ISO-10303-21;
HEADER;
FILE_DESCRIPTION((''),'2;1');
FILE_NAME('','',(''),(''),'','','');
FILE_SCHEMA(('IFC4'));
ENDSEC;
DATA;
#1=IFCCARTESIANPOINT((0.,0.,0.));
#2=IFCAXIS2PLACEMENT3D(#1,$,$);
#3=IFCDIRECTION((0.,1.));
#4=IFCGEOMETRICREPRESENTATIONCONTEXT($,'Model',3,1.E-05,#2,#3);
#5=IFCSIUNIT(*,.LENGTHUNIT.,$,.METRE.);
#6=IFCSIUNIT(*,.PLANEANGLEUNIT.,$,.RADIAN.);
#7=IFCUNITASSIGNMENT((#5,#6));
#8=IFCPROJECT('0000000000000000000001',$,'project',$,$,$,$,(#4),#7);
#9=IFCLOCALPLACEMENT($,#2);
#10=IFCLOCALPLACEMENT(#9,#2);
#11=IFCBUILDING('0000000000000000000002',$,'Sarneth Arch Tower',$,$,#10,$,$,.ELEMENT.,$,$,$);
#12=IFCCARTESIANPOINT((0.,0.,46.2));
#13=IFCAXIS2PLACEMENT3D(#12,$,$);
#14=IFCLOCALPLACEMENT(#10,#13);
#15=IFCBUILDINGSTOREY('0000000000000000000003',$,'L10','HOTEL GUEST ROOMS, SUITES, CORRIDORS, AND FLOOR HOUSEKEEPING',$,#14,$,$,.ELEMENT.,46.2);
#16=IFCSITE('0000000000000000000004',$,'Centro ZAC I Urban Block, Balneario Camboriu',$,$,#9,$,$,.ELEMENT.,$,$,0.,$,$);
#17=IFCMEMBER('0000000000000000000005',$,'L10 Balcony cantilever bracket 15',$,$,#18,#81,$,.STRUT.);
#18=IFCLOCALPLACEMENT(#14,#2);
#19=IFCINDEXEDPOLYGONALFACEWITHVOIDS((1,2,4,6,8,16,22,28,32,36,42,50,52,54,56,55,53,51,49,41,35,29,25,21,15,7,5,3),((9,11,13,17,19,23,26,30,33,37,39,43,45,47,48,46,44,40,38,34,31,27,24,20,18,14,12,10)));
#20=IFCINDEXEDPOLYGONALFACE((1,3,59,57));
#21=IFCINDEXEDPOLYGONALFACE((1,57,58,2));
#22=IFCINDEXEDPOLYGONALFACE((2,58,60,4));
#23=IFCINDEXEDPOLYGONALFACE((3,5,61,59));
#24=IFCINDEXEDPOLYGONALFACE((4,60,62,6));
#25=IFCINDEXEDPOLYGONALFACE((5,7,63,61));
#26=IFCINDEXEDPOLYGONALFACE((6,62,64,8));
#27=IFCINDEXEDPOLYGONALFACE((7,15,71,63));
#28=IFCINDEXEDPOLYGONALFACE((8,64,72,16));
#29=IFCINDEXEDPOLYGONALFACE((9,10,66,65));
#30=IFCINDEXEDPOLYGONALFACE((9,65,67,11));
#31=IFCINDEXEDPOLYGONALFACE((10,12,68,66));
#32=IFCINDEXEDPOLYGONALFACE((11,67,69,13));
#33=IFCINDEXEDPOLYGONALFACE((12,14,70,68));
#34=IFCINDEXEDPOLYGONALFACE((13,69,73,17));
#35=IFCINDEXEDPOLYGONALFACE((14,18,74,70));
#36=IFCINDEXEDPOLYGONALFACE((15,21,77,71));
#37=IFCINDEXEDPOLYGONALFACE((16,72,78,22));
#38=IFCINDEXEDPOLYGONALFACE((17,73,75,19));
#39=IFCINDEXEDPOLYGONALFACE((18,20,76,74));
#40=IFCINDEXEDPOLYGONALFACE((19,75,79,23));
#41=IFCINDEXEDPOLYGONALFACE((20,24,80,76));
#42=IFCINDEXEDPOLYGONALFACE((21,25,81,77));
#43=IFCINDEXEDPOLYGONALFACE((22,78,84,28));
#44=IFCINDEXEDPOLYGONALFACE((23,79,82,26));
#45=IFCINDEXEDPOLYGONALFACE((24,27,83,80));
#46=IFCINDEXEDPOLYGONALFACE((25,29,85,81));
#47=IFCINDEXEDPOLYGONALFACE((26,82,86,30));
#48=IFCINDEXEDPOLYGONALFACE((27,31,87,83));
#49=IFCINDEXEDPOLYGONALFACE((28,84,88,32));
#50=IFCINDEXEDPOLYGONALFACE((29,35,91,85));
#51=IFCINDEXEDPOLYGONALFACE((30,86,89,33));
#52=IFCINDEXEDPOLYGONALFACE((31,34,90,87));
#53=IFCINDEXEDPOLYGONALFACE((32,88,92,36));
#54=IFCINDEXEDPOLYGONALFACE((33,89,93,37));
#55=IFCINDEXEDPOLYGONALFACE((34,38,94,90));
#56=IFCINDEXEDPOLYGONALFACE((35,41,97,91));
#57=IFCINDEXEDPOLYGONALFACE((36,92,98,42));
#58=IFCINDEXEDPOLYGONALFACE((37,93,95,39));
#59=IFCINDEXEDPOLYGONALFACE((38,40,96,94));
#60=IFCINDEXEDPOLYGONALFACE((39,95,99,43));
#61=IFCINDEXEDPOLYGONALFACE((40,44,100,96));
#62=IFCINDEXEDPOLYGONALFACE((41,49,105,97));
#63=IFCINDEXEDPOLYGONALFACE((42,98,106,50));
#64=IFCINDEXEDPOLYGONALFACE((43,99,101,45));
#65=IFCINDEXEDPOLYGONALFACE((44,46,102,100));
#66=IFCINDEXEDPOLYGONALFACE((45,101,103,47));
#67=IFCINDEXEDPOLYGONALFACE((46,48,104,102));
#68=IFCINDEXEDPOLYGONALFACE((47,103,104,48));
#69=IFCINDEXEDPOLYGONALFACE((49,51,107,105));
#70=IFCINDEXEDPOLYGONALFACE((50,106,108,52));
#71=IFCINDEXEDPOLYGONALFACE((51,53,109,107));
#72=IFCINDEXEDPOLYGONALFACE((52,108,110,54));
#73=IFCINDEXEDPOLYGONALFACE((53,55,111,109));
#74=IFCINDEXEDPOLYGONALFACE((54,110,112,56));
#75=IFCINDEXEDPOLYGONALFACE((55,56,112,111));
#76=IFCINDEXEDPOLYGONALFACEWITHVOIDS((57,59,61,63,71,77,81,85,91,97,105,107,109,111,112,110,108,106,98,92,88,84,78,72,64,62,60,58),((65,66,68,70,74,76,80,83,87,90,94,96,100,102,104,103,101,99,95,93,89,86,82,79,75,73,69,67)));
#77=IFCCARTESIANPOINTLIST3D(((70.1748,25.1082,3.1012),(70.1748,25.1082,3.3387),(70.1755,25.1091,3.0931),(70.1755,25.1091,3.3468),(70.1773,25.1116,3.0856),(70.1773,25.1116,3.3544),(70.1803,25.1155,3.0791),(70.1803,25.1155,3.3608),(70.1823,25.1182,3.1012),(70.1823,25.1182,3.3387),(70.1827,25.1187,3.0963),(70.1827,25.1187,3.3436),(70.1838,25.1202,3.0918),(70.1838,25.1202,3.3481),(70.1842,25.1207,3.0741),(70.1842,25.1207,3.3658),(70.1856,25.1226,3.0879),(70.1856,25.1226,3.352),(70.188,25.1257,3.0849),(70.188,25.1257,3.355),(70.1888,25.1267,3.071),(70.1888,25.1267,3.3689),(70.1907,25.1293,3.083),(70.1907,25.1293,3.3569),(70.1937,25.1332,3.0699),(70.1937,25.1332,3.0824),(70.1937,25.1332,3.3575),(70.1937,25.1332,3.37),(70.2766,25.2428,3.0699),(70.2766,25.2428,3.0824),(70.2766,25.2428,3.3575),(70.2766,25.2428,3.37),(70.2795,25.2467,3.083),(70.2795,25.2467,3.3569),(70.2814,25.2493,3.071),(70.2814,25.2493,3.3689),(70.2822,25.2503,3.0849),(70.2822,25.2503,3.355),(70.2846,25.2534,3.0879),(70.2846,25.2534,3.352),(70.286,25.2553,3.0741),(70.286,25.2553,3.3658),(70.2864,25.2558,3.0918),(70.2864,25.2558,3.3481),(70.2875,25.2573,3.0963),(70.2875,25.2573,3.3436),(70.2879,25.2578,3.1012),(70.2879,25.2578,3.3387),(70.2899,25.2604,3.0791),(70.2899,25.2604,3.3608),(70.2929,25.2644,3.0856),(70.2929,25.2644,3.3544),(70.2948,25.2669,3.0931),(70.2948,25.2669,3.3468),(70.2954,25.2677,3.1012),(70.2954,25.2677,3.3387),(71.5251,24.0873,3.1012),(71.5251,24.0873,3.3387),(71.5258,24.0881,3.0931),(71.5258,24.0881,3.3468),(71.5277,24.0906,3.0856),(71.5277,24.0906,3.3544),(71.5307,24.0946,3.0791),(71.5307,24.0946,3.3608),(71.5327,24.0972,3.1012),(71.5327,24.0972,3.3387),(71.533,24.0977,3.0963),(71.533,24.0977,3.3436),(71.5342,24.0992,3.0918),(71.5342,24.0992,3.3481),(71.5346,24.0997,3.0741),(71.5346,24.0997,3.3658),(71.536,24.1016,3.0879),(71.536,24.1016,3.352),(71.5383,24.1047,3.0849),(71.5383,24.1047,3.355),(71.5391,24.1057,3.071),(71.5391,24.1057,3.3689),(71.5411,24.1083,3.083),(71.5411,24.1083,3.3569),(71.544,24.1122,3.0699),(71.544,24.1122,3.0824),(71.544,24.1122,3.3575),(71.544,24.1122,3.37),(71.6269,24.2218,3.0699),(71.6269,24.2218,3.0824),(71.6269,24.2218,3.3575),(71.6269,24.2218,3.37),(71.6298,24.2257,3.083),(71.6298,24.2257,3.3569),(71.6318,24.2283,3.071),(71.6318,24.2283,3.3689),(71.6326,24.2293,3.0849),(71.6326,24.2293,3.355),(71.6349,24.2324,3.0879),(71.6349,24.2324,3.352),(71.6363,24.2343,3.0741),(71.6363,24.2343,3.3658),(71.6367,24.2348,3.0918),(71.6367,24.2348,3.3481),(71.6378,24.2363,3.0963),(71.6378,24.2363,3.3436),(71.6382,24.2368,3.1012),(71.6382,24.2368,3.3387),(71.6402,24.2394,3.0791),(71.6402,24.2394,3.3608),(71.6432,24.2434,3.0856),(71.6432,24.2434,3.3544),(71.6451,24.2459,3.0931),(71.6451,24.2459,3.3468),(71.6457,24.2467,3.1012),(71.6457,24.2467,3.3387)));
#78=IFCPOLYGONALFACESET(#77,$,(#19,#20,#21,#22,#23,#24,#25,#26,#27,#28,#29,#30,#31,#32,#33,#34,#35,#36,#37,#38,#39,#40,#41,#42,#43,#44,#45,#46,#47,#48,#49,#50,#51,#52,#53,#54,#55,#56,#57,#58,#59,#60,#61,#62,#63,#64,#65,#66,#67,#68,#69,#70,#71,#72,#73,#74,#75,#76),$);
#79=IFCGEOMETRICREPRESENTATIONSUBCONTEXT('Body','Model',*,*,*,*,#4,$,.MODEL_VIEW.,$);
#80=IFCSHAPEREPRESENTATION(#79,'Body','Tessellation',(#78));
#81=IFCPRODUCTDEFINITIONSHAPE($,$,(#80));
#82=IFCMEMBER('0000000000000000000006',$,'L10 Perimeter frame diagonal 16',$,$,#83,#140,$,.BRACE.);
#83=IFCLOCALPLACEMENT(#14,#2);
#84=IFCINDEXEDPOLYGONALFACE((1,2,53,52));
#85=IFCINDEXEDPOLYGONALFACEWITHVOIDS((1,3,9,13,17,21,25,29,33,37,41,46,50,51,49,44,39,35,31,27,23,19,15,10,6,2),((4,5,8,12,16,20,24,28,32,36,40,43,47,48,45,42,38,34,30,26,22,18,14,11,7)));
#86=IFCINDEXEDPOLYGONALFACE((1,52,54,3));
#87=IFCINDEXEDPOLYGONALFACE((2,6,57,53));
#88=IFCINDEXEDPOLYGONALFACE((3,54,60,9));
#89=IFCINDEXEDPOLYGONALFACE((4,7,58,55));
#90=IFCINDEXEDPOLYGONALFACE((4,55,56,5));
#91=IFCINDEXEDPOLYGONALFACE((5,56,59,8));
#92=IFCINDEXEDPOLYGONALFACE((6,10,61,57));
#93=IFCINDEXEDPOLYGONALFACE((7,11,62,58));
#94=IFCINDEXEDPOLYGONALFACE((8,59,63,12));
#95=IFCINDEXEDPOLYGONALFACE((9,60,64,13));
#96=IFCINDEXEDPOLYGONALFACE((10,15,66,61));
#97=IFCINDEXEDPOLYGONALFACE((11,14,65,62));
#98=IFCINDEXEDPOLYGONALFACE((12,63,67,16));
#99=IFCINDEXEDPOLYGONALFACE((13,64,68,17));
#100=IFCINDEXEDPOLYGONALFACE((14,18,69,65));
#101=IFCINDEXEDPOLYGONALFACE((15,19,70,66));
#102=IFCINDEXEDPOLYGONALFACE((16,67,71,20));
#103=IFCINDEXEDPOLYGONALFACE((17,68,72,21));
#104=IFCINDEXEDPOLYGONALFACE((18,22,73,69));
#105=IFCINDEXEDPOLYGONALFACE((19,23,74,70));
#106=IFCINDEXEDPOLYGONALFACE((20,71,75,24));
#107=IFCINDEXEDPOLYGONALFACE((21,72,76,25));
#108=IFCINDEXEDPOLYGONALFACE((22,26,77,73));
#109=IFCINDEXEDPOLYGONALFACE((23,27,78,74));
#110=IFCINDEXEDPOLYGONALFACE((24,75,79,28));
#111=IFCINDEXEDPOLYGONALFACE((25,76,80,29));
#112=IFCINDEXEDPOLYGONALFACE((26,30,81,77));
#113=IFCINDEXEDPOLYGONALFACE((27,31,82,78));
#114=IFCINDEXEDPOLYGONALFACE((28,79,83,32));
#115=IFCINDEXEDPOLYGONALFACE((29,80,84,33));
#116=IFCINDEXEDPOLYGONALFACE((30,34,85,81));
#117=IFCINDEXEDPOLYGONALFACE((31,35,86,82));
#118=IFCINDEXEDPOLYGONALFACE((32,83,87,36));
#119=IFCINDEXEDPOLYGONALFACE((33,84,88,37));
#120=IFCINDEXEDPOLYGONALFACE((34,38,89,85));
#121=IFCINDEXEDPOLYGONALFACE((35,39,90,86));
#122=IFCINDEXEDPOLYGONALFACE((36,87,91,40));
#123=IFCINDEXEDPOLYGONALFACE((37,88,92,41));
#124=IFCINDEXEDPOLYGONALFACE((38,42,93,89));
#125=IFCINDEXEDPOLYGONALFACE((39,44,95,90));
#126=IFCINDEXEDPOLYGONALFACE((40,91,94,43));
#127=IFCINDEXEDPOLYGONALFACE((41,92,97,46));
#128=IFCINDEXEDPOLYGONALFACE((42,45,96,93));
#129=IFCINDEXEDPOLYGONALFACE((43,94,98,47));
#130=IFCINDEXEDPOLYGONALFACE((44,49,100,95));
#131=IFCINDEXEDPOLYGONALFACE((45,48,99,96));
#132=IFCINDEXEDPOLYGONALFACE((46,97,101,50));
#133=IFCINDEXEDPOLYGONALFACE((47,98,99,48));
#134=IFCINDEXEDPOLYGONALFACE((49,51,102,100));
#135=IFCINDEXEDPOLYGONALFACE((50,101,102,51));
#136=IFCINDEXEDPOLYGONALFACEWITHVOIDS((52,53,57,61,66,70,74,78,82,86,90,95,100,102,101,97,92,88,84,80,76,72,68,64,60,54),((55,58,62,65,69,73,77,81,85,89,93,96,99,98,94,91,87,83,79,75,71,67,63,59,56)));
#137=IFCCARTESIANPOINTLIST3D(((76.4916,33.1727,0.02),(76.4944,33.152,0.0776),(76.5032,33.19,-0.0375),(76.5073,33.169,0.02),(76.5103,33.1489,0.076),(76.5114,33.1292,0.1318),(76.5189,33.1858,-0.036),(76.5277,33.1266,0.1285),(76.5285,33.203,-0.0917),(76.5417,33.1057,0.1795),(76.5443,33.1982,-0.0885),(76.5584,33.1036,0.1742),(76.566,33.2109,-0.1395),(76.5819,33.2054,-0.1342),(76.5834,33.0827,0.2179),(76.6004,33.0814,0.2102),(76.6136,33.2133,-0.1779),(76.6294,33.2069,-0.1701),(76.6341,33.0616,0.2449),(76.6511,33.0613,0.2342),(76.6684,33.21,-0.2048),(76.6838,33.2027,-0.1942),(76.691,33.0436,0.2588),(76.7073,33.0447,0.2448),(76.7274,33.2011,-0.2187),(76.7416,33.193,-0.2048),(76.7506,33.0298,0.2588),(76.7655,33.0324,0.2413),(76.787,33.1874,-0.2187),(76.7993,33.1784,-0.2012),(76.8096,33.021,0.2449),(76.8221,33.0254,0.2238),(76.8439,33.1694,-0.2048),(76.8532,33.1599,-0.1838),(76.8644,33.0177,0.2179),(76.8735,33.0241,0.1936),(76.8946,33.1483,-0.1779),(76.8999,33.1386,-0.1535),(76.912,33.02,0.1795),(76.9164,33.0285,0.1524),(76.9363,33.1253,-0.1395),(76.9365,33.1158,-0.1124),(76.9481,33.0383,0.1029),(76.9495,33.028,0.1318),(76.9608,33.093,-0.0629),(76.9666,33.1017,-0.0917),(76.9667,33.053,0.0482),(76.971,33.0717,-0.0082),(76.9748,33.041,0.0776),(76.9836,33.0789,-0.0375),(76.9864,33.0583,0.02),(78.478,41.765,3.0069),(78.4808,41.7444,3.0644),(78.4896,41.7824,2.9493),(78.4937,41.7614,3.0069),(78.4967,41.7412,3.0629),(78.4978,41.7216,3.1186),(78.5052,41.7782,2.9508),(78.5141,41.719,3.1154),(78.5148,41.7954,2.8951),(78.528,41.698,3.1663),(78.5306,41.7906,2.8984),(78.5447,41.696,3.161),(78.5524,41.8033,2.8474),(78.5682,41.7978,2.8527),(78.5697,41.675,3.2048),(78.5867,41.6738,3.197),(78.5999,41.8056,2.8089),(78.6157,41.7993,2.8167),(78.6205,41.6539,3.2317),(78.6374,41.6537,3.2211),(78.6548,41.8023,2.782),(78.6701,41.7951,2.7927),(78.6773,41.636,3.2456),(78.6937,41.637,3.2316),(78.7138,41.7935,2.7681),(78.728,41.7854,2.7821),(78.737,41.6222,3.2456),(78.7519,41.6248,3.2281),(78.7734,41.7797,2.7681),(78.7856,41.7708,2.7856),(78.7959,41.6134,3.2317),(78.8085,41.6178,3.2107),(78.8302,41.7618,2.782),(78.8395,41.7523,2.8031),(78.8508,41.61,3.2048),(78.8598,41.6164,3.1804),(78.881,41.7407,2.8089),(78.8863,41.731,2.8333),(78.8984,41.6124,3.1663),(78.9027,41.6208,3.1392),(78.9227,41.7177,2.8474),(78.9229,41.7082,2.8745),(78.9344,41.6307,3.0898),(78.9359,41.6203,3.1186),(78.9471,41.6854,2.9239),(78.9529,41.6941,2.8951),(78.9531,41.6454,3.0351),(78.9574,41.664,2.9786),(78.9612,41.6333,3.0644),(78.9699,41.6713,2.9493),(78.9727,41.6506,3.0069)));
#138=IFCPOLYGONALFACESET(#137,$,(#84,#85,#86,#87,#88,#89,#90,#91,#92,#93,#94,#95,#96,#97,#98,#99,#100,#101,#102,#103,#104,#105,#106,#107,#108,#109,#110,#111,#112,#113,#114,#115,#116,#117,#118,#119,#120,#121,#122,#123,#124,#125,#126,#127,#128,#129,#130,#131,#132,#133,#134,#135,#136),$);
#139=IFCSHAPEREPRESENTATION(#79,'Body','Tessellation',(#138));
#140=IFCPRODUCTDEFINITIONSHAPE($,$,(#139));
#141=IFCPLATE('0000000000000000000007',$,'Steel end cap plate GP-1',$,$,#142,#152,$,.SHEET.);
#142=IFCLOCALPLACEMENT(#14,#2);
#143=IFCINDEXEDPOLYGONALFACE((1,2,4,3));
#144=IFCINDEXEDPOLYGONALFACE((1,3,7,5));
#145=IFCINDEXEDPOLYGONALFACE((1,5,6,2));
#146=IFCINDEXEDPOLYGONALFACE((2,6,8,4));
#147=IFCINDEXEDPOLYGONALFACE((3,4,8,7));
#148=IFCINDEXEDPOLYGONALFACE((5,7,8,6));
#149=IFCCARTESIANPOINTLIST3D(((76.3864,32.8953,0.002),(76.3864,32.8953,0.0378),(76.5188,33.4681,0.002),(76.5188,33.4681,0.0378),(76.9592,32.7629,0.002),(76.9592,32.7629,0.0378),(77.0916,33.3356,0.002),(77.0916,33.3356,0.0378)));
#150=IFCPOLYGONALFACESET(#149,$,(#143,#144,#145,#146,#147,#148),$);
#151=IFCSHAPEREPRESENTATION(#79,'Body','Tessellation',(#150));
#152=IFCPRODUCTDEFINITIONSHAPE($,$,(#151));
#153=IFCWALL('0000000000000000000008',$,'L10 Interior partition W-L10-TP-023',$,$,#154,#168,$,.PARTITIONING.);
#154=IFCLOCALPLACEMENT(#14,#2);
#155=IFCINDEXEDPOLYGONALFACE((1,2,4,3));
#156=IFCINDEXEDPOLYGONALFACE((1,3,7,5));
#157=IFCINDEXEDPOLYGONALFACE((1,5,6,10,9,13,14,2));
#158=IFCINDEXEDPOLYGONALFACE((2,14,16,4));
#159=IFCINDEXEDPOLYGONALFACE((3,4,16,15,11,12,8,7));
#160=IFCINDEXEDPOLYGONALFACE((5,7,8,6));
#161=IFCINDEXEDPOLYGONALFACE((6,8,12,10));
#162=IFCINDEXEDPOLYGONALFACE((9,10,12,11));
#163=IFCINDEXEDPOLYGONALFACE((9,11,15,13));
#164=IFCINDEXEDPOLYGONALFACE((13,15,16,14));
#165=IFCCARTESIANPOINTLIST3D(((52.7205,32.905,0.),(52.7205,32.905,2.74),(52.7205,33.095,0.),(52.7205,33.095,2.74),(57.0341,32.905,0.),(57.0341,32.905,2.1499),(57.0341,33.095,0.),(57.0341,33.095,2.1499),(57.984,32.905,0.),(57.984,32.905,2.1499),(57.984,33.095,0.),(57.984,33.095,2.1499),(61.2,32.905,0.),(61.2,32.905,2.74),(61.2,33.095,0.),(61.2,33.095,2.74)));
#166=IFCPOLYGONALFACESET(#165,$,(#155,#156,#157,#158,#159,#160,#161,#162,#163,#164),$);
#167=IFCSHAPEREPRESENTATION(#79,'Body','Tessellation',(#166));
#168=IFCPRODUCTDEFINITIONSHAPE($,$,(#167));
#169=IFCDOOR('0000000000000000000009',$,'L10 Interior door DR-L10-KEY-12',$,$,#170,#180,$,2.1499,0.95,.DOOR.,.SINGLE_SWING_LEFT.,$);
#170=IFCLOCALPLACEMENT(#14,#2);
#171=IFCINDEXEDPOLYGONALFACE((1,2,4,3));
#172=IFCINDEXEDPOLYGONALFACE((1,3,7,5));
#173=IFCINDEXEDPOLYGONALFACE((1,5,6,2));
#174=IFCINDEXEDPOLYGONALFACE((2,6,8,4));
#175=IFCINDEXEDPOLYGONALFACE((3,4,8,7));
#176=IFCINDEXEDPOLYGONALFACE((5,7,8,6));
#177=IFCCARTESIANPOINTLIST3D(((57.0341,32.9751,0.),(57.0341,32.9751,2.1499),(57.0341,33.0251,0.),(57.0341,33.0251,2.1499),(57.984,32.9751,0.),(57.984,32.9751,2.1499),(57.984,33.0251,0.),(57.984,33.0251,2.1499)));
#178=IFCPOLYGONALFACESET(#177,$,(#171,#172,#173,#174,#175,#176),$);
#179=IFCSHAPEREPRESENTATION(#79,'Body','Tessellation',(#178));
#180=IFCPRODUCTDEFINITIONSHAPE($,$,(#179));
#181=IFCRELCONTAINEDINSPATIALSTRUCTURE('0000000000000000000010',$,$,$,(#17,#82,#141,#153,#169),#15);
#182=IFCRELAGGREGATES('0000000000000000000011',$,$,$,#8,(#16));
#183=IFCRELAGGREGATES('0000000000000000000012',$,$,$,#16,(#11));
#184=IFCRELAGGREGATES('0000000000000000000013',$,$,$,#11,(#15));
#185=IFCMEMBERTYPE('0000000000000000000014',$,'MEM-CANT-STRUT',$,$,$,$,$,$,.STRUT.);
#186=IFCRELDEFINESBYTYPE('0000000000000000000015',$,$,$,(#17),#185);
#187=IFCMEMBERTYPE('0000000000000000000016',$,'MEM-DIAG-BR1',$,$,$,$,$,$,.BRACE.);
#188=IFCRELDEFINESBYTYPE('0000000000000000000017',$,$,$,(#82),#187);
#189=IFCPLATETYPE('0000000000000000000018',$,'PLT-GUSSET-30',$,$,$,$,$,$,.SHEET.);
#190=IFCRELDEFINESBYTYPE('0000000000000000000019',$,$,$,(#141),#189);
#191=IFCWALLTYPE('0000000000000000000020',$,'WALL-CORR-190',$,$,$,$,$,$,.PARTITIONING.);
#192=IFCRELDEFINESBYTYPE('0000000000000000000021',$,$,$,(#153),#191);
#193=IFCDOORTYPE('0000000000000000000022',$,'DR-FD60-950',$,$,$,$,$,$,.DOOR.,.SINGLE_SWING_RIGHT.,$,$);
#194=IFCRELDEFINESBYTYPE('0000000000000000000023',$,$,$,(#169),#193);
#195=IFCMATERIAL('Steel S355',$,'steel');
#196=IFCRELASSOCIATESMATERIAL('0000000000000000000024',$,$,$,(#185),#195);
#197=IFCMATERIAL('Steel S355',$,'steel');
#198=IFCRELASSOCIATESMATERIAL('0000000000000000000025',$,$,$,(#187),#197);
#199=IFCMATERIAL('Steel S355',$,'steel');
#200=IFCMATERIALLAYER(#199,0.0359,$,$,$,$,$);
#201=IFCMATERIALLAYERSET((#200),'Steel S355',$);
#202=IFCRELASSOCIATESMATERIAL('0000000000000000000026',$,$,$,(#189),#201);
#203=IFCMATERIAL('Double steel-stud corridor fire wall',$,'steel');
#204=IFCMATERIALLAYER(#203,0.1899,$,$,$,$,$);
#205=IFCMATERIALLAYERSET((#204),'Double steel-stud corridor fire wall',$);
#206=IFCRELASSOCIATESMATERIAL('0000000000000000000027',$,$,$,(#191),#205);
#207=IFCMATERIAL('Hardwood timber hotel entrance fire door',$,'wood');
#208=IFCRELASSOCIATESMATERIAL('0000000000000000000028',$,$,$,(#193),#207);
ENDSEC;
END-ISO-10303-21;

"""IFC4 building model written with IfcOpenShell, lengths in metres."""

from ifc_helpers import new_model, si_unit, direction, frame, frame_2d, origin, origin_2d, place, context, subcontext, project, spatial, rectangle, hollow_rectangle, hollow_circle, extrude, material, layer, layer_set, material_profile, profile_set, type_object, element, fill, save


model = new_model("IFC4")

# Units and contexts
model_context = context("Model", 3, precision=1e-05, world=origin(), true_north=direction((0.0, 1.0)))
body_context = subcontext(model_context, "Body", "Model", "MODEL_VIEW")
ifc_project = project(units=[si_unit("LENGTHUNIT", "METRE"), si_unit("PLANEANGLEUNIT", "RADIAN")], contexts=[model_context])

# Site, building, storey
site_placement = place(None, origin())
site = spatial("IfcSite", under=ifc_project, at=site_placement, Name="Centro ZAC I Urban Block, Balneario Camboriu", CompositionType="ELEMENT", RefElevation=0.0)
building_placement = place(site_placement, origin())
building = spatial("IfcBuilding", under=site, at=building_placement, Name="Sarneth Arch Tower", CompositionType="ELEMENT")
storey_placement = place(building_placement, frame((0.0, 0.0, 46.2)))
storey = spatial("IfcBuildingStorey", under=building, at=storey_placement, Name="L10", Description="HOTEL GUEST ROOMS, SUITES, CORRIDORS, AND FLOOR HOUSEKEEPING", CompositionType="ELEMENT", Elevation=46.2)

# Members
ifc_material_1 = material(Name="Steel S355", Category="steel")
ifc_material_profile_1 = material_profile(ifc_material_1, hollow_rectangle(XDim=0.2, YDim=0.3, WallThickness=0.0125, InnerFilletRadius=0.0188, OuterFilletRadius=0.0312, at=origin_2d()), Name="RHS300x200x12.5")
ifc_profile_set_1 = profile_set([ifc_material_profile_1], Name="Steel S355")
member_type_1 = type_object("IfcMemberType", Name="MEM-CANT-STRUT", PredefinedType="STRUT", material=ifc_profile_set_1)
member_1_placement = place(storey_placement, frame((70.2351, 25.188, 3.22), z_axis=(0.797658, -0.603111, 0.0), x_axis=(0.603111, 0.797658, 0.0)))
element("IfcMember", 1, at=member_1_placement, inside=storey, type_object=member_type_1, Name="L10 Balcony cantilever bracket 15", PredefinedType="STRUT", context=body_context, shape_type="SweptSolid", body=[
    extrude(hollow_rectangle(XDim=0.2, YDim=0.3, WallThickness=0.0125, InnerFilletRadius=0.0188, OuterFilletRadius=0.0312, at=origin_2d()), origin(), (0.0, 0.0, 1.0), 1.6929),
])
ifc_material_2 = material(Name="Steel S355", Category="steel")
ifc_material_profile_2 = material_profile(ifc_material_2, hollow_circle(Radius=0.2539, WallThickness=0.0161, at=origin_2d()), Name="CHS508x16")
ifc_profile_set_2 = profile_set([ifc_material_profile_2], Name="Steel S355")
member_type_2 = type_object("IfcMemberType", Name="MEM-DIAG-BR1", PredefinedType="BRACE", material=ifc_profile_set_2)
member_2_placement = place(storey_placement, frame((76.739, 33.1155, 0.02), z_axis=(0.213332, 0.922814, 0.320785), x_axis=(-0.974304, 0.225236, 0.0)))
element("IfcMember", 2, at=member_2_placement, inside=storey, type_object=member_type_2, Name="L10 Perimeter frame diagonal 16", PredefinedType="BRACE", context=body_context, shape_type="SweptSolid", body=[
    extrude(hollow_circle(Radius=0.2539, WallThickness=0.0161, at=origin_2d()), origin(), (0.0, 0.0, 1.0), 9.311),
])

# Plate
ifc_material_3 = material(Name="Steel S355", Category="steel")
ifc_layer_1 = layer(ifc_material_3, 0.0359)
ifc_layer_set_1 = layer_set([ifc_layer_1], Name="Steel S355")
plate_type = type_object("IfcPlateType", Name="PLT-GUSSET-30", PredefinedType="SHEET", material=ifc_layer_set_1)
plate_placement = place(storey_placement, frame((76.739, 33.1155, 0.002), z_axis=(0.0, 0.0, 1.0), x_axis=(0.225291, 0.974291, 0.0)))
element("IfcPlate", 3, at=plate_placement, inside=storey, type_object=plate_type, Name="Steel end cap plate GP-1", PredefinedType="SHEET", context=body_context, shape_type="SweptSolid", body=[
    extrude(rectangle(XDim=0.5879, YDim=0.5879, at=origin_2d()), origin(), (0.0, 0.0, 1.0), 0.0359),
])

# Wall, opening, door
ifc_material_4 = material(Name="Double steel-stud corridor fire wall", Category="steel")
ifc_layer_2 = layer(ifc_material_4, 0.1899)
ifc_layer_set_2 = layer_set([ifc_layer_2], Name="Double steel-stud corridor fire wall")
wall_type_1 = type_object("IfcWallType", Name="WALL-CORR-190", PredefinedType="PARTITIONING", material=ifc_layer_set_2)
wall_1_placement = place(storey_placement, frame((61.2, 33.0, 0.0), z_axis=(0.0, 0.0, 1.0), x_axis=(-1.0, 0.0, 0.0)))
wall_1 = element("IfcWall", 4, at=wall_1_placement, inside=storey, type_object=wall_type_1, Name="L10 Interior partition W-L10-TP-023", PredefinedType="PARTITIONING", context=body_context, shape_type="SweptSolid", body=[
    extrude(rectangle(XDim=8.4795, YDim=0.1899, at=frame_2d((4.2397, 0.0))), origin(), (0.0, 0.0, 1.0), 2.74),
])
opening_1_placement = place(wall_1_placement, frame((3.2158, 0.0, 0.0)))
opening_1 = element("IfcOpeningElement", 5, at=opening_1_placement, cuts=wall_1, PredefinedType="OPENING", context=body_context, shape_type="SweptSolid", body=[
    extrude(rectangle(XDim=0.95, YDim=2.1499, at=frame_2d((0.4751, 1.075))), frame((0.0, 0.105, 0.0), z_axis=(0.0, -1.0, 0.0), x_axis=(1.0, 0.0, 0.0)), (0.0, 0.0, 1.0), 0.21),
])
ifc_material_5 = material(Name="Hardwood timber hotel entrance fire door", Category="wood")
door_type_1 = type_object("IfcDoorType", Name="DR-FD60-950", OperationType="SINGLE_SWING_RIGHT", PredefinedType="DOOR", material=ifc_material_5)
door_1_placement = place(opening_1_placement, origin())
door_1 = element("IfcDoor", 6, at=door_1_placement, inside=storey, type_object=door_type_1, Name="L10 Interior door DR-L10-KEY-12", OperationType="SINGLE_SWING_LEFT", OverallHeight=2.1499, OverallWidth=0.95, PredefinedType="DOOR", context=body_context, shape_type="SweptSolid", body=[
    extrude(rectangle(XDim=0.95, YDim=2.1499, at=frame_2d((0.4751, 1.075))), frame((0.0, 0.0249, 0.0), z_axis=(0.0, -1.0, 0.0), x_axis=(1.0, 0.0, 0.0)), (0.0, 0.0, 1.0), 0.05),
])
fill(opening_1, door_1)

save(model, "model.ifc")
